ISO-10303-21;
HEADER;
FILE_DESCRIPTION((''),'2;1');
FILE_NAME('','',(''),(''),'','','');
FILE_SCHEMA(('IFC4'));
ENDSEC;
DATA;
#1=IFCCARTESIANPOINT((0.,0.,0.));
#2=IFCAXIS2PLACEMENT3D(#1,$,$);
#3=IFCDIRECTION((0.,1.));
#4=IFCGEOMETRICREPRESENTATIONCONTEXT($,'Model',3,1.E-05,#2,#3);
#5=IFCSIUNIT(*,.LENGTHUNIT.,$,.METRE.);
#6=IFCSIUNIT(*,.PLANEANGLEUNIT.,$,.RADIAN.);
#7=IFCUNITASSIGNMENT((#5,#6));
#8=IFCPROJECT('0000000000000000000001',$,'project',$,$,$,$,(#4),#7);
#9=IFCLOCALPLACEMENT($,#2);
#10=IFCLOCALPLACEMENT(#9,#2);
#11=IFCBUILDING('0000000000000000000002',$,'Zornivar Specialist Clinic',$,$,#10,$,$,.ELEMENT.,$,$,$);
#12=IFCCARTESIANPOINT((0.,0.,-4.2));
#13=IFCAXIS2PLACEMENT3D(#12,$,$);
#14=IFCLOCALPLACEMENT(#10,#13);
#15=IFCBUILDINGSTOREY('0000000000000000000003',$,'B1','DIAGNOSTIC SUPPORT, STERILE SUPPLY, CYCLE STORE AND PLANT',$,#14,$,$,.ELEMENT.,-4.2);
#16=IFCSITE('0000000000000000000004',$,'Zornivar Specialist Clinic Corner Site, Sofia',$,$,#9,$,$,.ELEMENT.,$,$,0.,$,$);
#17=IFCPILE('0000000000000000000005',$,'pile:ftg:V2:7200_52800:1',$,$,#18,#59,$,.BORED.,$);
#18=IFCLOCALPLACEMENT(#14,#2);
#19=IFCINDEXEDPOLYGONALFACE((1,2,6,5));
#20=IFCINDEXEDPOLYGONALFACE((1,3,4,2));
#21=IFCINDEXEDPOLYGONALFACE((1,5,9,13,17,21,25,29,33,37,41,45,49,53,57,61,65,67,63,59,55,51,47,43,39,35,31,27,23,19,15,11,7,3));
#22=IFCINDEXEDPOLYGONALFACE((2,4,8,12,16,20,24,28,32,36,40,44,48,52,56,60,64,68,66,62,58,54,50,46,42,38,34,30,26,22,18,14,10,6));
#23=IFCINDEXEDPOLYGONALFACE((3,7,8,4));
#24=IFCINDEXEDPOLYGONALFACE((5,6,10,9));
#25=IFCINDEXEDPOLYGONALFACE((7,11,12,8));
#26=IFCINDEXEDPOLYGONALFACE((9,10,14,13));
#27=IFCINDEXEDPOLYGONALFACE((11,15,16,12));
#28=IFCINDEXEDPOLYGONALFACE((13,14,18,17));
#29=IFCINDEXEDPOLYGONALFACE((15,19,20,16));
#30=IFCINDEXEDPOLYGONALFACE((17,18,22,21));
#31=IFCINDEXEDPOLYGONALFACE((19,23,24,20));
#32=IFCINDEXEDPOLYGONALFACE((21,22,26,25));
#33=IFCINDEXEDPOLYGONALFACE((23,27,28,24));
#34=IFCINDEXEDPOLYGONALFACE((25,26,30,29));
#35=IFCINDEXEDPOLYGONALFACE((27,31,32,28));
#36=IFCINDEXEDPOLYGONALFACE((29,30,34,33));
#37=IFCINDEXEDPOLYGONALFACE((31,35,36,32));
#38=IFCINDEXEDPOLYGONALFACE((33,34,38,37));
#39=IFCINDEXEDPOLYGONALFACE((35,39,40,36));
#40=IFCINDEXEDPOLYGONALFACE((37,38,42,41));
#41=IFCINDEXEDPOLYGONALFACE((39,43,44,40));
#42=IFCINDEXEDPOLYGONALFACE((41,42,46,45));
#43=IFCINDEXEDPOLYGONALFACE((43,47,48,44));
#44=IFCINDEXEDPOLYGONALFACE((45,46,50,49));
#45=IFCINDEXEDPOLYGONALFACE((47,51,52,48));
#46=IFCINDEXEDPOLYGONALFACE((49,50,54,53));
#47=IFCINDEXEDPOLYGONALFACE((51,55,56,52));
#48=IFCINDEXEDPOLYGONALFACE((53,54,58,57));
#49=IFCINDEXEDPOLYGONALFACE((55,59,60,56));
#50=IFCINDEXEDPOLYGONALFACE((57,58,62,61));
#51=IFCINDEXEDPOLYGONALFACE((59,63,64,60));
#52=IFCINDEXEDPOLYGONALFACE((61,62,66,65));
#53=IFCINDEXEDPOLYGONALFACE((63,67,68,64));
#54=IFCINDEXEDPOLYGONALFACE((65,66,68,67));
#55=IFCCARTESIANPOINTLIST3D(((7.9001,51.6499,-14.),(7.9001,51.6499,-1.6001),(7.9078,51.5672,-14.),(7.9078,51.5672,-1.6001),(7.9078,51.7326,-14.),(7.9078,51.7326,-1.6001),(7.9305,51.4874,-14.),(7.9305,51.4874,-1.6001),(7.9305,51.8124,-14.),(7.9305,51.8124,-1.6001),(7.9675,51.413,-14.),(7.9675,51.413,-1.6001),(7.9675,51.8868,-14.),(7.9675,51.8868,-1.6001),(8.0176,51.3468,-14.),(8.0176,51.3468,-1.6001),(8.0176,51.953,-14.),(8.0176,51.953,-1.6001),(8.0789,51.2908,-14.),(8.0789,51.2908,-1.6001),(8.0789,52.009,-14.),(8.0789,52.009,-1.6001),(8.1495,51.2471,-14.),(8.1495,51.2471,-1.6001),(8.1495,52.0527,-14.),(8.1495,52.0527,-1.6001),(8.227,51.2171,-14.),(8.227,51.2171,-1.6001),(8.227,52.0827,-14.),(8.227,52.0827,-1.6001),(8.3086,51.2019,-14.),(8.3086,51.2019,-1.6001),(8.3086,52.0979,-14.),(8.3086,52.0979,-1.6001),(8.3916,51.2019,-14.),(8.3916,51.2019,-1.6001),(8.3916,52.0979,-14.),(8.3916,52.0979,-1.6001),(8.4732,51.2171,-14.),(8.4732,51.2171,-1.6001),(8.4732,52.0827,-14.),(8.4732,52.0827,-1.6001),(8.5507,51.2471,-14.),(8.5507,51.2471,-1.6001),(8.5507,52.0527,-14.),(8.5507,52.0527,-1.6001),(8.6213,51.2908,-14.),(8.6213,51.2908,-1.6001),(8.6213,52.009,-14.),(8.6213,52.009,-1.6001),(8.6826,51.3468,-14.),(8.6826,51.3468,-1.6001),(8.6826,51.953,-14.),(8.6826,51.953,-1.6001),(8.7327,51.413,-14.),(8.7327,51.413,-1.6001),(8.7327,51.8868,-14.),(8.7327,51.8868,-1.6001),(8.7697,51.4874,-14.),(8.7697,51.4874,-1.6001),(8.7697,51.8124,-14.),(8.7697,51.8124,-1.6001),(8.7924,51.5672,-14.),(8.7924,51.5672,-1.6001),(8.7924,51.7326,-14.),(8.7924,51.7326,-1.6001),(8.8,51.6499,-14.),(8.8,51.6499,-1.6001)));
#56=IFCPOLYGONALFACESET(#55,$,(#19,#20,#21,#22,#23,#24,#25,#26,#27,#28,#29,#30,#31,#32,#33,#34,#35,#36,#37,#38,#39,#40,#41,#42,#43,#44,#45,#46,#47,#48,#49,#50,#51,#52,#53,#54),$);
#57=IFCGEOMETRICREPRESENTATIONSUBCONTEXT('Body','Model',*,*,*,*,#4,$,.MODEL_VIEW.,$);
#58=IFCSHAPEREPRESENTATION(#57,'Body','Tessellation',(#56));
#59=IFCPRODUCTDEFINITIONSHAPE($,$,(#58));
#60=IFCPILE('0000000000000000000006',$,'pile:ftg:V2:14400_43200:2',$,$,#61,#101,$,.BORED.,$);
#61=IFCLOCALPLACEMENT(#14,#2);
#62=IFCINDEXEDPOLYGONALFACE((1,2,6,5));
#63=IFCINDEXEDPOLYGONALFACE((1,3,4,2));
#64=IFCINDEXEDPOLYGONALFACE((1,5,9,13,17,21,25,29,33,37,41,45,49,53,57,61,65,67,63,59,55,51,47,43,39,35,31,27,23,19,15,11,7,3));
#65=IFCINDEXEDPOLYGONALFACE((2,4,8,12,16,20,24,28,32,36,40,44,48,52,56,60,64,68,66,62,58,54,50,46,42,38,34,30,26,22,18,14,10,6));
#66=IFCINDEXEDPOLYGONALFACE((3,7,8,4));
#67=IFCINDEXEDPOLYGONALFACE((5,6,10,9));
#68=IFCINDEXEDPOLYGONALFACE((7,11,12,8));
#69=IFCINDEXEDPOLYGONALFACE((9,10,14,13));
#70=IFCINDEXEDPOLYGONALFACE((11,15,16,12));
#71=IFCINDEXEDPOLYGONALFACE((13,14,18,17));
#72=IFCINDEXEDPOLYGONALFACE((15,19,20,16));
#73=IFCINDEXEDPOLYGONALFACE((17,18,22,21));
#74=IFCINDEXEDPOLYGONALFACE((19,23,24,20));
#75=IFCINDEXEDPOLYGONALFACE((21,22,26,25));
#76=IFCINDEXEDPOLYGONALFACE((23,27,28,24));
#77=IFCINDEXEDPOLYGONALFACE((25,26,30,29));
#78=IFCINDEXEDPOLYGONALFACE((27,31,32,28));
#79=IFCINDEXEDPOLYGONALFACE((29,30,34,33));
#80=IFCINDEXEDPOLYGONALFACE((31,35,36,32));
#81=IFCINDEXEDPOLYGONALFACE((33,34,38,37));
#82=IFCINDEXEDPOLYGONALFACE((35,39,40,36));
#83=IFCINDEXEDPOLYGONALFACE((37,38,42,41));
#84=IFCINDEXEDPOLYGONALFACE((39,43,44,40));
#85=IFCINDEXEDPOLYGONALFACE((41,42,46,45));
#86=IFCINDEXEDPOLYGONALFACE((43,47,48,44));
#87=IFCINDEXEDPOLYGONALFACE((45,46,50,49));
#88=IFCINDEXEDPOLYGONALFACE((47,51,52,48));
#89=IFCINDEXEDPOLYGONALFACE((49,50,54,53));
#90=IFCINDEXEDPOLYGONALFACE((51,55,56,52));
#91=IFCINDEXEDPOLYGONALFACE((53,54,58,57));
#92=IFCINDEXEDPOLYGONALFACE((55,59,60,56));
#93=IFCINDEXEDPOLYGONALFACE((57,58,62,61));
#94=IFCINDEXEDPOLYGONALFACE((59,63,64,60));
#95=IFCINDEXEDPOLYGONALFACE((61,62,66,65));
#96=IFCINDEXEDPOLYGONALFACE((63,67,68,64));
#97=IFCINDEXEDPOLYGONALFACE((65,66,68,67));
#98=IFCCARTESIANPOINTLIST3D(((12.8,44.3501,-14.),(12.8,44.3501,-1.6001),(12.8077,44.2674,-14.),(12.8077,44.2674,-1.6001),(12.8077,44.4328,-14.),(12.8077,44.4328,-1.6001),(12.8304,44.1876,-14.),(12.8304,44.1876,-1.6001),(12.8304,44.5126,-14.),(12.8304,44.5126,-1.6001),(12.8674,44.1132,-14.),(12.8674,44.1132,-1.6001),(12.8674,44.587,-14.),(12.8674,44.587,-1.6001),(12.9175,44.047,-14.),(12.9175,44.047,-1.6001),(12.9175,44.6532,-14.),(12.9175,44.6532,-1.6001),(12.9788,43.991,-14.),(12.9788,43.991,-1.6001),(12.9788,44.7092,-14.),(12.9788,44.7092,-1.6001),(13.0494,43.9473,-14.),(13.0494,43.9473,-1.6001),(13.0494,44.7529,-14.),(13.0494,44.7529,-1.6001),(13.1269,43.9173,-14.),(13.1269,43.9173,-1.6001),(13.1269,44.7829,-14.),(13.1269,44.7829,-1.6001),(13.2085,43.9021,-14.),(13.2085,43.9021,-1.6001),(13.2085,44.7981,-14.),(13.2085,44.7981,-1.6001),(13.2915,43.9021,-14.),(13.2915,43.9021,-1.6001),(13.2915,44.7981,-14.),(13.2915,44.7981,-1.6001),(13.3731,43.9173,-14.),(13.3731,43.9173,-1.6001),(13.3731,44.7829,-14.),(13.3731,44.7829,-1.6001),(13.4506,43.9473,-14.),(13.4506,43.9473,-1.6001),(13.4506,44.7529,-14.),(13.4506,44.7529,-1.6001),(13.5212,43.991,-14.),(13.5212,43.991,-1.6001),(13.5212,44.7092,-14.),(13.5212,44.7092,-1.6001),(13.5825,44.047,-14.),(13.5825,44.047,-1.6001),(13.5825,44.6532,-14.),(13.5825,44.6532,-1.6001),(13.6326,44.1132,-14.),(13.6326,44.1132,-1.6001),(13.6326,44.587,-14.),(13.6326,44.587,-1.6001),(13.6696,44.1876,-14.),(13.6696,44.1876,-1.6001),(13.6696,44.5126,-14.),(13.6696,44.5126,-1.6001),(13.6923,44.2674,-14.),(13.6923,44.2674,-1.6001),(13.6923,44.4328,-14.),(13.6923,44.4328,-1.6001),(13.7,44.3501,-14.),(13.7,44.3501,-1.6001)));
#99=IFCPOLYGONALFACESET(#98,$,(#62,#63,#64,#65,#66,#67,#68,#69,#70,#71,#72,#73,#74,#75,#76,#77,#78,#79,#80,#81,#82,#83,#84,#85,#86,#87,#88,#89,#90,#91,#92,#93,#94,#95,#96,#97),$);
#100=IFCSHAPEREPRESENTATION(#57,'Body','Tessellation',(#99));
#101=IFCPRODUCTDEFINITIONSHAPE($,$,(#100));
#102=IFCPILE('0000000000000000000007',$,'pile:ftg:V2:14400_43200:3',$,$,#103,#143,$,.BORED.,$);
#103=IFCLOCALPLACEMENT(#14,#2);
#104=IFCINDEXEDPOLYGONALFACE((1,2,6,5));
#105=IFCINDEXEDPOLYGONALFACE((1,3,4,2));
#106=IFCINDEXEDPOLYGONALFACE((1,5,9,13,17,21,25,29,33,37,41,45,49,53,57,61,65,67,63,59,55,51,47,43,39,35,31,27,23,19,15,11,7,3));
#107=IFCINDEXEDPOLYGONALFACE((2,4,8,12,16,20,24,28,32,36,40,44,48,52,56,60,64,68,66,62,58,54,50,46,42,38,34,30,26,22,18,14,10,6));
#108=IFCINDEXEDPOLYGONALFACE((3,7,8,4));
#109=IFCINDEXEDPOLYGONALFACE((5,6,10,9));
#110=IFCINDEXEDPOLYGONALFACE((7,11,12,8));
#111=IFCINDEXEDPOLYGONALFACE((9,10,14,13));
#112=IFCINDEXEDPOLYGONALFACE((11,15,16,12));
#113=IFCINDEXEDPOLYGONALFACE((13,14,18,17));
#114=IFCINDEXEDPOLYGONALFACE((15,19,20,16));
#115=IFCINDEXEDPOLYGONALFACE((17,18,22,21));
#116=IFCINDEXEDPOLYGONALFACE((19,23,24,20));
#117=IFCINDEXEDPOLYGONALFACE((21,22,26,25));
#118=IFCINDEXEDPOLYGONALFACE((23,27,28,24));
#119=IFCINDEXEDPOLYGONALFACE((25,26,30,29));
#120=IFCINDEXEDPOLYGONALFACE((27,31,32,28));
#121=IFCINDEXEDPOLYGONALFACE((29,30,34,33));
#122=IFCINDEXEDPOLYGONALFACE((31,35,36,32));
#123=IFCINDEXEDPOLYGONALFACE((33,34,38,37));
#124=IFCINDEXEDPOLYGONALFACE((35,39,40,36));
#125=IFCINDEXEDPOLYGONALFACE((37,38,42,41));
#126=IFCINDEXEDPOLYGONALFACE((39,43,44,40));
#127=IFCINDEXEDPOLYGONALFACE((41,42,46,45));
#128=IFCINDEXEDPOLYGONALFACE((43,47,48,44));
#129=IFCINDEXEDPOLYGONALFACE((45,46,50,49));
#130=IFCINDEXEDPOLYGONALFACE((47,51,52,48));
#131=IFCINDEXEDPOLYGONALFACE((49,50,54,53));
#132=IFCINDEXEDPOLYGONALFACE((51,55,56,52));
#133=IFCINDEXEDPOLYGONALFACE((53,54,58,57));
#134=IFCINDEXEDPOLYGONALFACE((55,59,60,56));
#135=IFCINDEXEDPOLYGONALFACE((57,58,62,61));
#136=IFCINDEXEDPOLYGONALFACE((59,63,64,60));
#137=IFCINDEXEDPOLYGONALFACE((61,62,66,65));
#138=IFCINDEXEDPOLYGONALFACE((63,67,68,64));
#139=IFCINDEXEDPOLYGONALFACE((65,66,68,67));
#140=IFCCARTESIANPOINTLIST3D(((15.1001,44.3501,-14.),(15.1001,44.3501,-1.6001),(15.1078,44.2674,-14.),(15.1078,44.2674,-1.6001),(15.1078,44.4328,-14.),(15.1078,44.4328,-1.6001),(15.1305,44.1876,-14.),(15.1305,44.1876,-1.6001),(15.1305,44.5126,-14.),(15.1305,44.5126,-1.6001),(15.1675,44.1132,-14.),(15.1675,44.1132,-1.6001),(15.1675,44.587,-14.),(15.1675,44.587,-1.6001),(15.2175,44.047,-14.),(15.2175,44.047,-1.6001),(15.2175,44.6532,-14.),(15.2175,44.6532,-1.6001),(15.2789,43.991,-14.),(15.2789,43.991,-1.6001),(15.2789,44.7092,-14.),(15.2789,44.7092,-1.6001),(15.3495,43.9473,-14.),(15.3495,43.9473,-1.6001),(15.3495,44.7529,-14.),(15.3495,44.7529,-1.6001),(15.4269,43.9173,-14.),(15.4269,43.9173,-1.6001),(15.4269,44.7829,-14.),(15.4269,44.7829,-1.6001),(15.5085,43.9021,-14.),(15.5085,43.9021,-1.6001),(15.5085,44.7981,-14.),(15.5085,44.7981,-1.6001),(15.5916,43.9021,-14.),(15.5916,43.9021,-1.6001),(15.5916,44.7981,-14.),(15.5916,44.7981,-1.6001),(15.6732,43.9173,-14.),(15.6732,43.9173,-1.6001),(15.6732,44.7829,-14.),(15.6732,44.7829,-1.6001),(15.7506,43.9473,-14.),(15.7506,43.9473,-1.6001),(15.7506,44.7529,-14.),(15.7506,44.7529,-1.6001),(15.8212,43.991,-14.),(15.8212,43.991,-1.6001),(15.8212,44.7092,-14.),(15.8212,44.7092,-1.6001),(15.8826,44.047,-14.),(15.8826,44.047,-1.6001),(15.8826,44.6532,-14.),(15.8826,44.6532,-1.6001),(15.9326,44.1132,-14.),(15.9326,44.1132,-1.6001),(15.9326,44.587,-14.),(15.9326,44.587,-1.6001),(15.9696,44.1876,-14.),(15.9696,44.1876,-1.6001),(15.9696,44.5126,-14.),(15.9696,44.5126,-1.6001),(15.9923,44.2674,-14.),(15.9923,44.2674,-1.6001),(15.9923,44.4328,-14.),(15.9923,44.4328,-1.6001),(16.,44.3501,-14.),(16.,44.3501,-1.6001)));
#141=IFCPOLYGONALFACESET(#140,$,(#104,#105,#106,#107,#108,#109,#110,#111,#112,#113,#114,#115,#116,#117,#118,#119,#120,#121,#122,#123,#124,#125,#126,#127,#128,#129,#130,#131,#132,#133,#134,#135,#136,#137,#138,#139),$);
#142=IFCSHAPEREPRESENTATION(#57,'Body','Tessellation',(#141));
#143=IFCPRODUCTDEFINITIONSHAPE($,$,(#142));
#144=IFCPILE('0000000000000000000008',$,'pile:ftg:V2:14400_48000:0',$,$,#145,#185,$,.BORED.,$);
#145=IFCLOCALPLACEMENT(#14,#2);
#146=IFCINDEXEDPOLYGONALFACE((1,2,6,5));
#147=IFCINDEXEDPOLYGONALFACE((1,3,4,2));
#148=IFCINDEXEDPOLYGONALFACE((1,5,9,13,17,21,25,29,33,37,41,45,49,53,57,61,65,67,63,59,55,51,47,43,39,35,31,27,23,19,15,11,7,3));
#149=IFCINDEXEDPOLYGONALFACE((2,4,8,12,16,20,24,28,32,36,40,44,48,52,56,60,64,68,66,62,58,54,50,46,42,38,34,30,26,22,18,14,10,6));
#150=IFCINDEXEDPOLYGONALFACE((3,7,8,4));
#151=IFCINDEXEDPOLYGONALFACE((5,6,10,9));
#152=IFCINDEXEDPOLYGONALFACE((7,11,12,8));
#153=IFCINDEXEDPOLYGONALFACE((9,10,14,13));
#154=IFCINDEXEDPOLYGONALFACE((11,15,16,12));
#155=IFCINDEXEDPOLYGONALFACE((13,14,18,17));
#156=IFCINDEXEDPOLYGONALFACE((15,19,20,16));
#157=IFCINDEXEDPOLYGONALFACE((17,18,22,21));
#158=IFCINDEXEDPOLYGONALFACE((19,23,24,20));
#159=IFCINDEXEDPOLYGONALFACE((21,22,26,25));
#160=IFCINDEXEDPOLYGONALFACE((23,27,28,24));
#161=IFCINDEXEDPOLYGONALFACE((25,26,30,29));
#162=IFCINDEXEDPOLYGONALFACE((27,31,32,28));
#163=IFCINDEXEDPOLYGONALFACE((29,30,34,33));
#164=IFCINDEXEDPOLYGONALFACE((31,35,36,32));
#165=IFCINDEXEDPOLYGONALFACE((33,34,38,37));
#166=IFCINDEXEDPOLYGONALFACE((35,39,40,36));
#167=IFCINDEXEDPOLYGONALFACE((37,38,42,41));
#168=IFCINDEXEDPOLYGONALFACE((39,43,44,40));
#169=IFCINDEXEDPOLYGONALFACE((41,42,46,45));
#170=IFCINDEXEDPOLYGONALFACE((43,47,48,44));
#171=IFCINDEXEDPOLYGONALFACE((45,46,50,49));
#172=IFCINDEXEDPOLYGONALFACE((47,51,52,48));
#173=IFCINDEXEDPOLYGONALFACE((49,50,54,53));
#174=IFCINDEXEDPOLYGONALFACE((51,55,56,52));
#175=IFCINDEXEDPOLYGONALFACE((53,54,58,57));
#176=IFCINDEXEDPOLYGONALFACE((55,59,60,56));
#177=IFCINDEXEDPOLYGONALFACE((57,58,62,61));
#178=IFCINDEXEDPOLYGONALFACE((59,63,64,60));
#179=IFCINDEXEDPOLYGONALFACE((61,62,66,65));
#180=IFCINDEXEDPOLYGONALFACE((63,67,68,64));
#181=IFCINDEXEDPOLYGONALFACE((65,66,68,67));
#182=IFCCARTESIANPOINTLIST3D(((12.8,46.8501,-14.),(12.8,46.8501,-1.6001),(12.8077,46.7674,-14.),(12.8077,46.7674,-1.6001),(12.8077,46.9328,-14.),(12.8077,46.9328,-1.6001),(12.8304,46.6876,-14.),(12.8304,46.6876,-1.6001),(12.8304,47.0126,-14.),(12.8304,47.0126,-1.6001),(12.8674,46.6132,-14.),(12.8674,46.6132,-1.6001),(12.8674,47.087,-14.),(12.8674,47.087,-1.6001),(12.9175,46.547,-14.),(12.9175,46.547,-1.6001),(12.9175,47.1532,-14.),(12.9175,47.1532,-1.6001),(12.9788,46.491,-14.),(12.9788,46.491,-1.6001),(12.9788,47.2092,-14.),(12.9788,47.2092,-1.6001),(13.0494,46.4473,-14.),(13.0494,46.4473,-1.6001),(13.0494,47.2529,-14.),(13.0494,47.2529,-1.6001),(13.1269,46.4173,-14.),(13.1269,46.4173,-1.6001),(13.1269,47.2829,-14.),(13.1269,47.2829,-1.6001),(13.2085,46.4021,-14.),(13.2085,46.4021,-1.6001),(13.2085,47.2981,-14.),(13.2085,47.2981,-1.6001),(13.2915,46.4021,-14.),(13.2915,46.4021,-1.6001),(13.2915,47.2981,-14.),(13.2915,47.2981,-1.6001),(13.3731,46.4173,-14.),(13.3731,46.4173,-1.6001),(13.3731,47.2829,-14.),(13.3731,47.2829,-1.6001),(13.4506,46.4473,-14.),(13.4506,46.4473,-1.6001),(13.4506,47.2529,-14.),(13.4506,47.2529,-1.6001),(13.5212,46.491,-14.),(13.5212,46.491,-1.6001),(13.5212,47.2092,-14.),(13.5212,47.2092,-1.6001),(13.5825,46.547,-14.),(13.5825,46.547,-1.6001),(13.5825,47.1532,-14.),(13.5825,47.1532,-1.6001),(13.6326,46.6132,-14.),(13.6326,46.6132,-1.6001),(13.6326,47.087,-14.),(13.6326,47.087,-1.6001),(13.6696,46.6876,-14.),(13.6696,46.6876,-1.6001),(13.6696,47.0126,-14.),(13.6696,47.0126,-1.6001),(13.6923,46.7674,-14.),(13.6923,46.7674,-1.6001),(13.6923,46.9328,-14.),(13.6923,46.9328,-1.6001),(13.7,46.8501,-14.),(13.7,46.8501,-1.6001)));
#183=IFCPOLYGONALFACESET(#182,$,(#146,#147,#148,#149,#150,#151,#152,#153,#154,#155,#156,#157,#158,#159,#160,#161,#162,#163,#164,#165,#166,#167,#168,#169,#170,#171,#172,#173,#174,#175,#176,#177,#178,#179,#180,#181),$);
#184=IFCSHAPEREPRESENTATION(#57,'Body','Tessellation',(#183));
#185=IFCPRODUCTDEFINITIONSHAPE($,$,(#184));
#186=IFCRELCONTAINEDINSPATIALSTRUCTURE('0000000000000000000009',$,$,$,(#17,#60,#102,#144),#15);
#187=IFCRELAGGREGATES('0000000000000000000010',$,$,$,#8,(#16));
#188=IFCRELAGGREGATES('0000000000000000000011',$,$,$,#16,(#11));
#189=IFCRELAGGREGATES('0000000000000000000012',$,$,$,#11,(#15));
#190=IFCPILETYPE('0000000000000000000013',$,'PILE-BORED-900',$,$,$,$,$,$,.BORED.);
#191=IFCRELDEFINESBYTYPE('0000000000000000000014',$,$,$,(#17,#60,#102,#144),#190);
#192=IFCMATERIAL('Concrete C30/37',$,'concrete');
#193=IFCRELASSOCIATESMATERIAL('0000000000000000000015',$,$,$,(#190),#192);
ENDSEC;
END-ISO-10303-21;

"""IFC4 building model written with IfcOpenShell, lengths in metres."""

from ifc_helpers import new_model, si_unit, direction, frame, origin, origin_2d, place, context, subcontext, project, spatial, circle, extrude, material, material_profile, profile_set, type_object, element, save


model = new_model("IFC4")

# Units and contexts
model_context = context("Model", 3, precision=1e-05, world=origin(), true_north=direction((0.0, 1.0)))
body_context = subcontext(model_context, "Body", "Model", "MODEL_VIEW")
ifc_project = project(units=[si_unit("LENGTHUNIT", "METRE"), si_unit("PLANEANGLEUNIT", "RADIAN")], contexts=[model_context])

# Site, building, storey
site_placement = place(None, origin())
site = spatial("IfcSite", under=ifc_project, at=site_placement, Name="Zornivar Specialist Clinic Corner Site, Sofia", CompositionType="ELEMENT", RefElevation=0.0)
building_placement = place(site_placement, origin())
building = spatial("IfcBuilding", under=site, at=building_placement, Name="Zornivar Specialist Clinic", CompositionType="ELEMENT")
storey_placement = place(building_placement, frame((0.0, 0.0, -4.2)))
storey = spatial("IfcBuildingStorey", under=building, at=storey_placement, Name="B1", Description="DIAGNOSTIC SUPPORT, STERILE SUPPLY, CYCLE STORE AND PLANT", CompositionType="ELEMENT", Elevation=-4.2)

# Piles
ifc_material_1 = material(Name="Concrete C30/37", Category="concrete")
ifc_material_profile_1 = material_profile(ifc_material_1, circle(Radius=0.45, at=origin_2d()), Name="PILE D900")
ifc_profile_set_1 = profile_set([ifc_material_profile_1], Name="Concrete C30/37")
pile_type_1 = type_object("IfcPileType", Name="PILE-BORED-900", PredefinedType="BORED", material=ifc_profile_set_1)
for number, where, z_axis, x_axis, name in (
    (1, (8.3501, 51.6499, -1.6001), (0.0, 0.0, -1.0), (1.0, 0.0, 0.0), "pile:ftg:V2:7200_52800:1"),
    (2, (13.25, 44.3501, -1.6001), (0.0, 0.0, -1.0), (1.0, 0.0, 0.0), "pile:ftg:V2:14400_43200:2"),
    (3, (15.55, 44.3501, -1.6001), (0.0, 0.0, -1.0), (1.0, 0.0, 0.0), "pile:ftg:V2:14400_43200:3"),
    (4, (13.25, 46.8501, -1.6001), (0.0, 0.0, -1.0), (1.0, 0.0, 0.0), "pile:ftg:V2:14400_48000:0"),
):
    element("IfcPile", number, at=place(storey_placement, frame(where, z_axis=z_axis, x_axis=x_axis)), inside=storey, type_object=pile_type_1, Name=name, PredefinedType="BORED", context=body_context, shape_type="SweptSolid", body=[
        extrude(circle(Radius=0.45, at=origin_2d()), origin(), (0.0, 0.0, 1.0), 12.3999),
    ])

save(model, "model.ifc")
